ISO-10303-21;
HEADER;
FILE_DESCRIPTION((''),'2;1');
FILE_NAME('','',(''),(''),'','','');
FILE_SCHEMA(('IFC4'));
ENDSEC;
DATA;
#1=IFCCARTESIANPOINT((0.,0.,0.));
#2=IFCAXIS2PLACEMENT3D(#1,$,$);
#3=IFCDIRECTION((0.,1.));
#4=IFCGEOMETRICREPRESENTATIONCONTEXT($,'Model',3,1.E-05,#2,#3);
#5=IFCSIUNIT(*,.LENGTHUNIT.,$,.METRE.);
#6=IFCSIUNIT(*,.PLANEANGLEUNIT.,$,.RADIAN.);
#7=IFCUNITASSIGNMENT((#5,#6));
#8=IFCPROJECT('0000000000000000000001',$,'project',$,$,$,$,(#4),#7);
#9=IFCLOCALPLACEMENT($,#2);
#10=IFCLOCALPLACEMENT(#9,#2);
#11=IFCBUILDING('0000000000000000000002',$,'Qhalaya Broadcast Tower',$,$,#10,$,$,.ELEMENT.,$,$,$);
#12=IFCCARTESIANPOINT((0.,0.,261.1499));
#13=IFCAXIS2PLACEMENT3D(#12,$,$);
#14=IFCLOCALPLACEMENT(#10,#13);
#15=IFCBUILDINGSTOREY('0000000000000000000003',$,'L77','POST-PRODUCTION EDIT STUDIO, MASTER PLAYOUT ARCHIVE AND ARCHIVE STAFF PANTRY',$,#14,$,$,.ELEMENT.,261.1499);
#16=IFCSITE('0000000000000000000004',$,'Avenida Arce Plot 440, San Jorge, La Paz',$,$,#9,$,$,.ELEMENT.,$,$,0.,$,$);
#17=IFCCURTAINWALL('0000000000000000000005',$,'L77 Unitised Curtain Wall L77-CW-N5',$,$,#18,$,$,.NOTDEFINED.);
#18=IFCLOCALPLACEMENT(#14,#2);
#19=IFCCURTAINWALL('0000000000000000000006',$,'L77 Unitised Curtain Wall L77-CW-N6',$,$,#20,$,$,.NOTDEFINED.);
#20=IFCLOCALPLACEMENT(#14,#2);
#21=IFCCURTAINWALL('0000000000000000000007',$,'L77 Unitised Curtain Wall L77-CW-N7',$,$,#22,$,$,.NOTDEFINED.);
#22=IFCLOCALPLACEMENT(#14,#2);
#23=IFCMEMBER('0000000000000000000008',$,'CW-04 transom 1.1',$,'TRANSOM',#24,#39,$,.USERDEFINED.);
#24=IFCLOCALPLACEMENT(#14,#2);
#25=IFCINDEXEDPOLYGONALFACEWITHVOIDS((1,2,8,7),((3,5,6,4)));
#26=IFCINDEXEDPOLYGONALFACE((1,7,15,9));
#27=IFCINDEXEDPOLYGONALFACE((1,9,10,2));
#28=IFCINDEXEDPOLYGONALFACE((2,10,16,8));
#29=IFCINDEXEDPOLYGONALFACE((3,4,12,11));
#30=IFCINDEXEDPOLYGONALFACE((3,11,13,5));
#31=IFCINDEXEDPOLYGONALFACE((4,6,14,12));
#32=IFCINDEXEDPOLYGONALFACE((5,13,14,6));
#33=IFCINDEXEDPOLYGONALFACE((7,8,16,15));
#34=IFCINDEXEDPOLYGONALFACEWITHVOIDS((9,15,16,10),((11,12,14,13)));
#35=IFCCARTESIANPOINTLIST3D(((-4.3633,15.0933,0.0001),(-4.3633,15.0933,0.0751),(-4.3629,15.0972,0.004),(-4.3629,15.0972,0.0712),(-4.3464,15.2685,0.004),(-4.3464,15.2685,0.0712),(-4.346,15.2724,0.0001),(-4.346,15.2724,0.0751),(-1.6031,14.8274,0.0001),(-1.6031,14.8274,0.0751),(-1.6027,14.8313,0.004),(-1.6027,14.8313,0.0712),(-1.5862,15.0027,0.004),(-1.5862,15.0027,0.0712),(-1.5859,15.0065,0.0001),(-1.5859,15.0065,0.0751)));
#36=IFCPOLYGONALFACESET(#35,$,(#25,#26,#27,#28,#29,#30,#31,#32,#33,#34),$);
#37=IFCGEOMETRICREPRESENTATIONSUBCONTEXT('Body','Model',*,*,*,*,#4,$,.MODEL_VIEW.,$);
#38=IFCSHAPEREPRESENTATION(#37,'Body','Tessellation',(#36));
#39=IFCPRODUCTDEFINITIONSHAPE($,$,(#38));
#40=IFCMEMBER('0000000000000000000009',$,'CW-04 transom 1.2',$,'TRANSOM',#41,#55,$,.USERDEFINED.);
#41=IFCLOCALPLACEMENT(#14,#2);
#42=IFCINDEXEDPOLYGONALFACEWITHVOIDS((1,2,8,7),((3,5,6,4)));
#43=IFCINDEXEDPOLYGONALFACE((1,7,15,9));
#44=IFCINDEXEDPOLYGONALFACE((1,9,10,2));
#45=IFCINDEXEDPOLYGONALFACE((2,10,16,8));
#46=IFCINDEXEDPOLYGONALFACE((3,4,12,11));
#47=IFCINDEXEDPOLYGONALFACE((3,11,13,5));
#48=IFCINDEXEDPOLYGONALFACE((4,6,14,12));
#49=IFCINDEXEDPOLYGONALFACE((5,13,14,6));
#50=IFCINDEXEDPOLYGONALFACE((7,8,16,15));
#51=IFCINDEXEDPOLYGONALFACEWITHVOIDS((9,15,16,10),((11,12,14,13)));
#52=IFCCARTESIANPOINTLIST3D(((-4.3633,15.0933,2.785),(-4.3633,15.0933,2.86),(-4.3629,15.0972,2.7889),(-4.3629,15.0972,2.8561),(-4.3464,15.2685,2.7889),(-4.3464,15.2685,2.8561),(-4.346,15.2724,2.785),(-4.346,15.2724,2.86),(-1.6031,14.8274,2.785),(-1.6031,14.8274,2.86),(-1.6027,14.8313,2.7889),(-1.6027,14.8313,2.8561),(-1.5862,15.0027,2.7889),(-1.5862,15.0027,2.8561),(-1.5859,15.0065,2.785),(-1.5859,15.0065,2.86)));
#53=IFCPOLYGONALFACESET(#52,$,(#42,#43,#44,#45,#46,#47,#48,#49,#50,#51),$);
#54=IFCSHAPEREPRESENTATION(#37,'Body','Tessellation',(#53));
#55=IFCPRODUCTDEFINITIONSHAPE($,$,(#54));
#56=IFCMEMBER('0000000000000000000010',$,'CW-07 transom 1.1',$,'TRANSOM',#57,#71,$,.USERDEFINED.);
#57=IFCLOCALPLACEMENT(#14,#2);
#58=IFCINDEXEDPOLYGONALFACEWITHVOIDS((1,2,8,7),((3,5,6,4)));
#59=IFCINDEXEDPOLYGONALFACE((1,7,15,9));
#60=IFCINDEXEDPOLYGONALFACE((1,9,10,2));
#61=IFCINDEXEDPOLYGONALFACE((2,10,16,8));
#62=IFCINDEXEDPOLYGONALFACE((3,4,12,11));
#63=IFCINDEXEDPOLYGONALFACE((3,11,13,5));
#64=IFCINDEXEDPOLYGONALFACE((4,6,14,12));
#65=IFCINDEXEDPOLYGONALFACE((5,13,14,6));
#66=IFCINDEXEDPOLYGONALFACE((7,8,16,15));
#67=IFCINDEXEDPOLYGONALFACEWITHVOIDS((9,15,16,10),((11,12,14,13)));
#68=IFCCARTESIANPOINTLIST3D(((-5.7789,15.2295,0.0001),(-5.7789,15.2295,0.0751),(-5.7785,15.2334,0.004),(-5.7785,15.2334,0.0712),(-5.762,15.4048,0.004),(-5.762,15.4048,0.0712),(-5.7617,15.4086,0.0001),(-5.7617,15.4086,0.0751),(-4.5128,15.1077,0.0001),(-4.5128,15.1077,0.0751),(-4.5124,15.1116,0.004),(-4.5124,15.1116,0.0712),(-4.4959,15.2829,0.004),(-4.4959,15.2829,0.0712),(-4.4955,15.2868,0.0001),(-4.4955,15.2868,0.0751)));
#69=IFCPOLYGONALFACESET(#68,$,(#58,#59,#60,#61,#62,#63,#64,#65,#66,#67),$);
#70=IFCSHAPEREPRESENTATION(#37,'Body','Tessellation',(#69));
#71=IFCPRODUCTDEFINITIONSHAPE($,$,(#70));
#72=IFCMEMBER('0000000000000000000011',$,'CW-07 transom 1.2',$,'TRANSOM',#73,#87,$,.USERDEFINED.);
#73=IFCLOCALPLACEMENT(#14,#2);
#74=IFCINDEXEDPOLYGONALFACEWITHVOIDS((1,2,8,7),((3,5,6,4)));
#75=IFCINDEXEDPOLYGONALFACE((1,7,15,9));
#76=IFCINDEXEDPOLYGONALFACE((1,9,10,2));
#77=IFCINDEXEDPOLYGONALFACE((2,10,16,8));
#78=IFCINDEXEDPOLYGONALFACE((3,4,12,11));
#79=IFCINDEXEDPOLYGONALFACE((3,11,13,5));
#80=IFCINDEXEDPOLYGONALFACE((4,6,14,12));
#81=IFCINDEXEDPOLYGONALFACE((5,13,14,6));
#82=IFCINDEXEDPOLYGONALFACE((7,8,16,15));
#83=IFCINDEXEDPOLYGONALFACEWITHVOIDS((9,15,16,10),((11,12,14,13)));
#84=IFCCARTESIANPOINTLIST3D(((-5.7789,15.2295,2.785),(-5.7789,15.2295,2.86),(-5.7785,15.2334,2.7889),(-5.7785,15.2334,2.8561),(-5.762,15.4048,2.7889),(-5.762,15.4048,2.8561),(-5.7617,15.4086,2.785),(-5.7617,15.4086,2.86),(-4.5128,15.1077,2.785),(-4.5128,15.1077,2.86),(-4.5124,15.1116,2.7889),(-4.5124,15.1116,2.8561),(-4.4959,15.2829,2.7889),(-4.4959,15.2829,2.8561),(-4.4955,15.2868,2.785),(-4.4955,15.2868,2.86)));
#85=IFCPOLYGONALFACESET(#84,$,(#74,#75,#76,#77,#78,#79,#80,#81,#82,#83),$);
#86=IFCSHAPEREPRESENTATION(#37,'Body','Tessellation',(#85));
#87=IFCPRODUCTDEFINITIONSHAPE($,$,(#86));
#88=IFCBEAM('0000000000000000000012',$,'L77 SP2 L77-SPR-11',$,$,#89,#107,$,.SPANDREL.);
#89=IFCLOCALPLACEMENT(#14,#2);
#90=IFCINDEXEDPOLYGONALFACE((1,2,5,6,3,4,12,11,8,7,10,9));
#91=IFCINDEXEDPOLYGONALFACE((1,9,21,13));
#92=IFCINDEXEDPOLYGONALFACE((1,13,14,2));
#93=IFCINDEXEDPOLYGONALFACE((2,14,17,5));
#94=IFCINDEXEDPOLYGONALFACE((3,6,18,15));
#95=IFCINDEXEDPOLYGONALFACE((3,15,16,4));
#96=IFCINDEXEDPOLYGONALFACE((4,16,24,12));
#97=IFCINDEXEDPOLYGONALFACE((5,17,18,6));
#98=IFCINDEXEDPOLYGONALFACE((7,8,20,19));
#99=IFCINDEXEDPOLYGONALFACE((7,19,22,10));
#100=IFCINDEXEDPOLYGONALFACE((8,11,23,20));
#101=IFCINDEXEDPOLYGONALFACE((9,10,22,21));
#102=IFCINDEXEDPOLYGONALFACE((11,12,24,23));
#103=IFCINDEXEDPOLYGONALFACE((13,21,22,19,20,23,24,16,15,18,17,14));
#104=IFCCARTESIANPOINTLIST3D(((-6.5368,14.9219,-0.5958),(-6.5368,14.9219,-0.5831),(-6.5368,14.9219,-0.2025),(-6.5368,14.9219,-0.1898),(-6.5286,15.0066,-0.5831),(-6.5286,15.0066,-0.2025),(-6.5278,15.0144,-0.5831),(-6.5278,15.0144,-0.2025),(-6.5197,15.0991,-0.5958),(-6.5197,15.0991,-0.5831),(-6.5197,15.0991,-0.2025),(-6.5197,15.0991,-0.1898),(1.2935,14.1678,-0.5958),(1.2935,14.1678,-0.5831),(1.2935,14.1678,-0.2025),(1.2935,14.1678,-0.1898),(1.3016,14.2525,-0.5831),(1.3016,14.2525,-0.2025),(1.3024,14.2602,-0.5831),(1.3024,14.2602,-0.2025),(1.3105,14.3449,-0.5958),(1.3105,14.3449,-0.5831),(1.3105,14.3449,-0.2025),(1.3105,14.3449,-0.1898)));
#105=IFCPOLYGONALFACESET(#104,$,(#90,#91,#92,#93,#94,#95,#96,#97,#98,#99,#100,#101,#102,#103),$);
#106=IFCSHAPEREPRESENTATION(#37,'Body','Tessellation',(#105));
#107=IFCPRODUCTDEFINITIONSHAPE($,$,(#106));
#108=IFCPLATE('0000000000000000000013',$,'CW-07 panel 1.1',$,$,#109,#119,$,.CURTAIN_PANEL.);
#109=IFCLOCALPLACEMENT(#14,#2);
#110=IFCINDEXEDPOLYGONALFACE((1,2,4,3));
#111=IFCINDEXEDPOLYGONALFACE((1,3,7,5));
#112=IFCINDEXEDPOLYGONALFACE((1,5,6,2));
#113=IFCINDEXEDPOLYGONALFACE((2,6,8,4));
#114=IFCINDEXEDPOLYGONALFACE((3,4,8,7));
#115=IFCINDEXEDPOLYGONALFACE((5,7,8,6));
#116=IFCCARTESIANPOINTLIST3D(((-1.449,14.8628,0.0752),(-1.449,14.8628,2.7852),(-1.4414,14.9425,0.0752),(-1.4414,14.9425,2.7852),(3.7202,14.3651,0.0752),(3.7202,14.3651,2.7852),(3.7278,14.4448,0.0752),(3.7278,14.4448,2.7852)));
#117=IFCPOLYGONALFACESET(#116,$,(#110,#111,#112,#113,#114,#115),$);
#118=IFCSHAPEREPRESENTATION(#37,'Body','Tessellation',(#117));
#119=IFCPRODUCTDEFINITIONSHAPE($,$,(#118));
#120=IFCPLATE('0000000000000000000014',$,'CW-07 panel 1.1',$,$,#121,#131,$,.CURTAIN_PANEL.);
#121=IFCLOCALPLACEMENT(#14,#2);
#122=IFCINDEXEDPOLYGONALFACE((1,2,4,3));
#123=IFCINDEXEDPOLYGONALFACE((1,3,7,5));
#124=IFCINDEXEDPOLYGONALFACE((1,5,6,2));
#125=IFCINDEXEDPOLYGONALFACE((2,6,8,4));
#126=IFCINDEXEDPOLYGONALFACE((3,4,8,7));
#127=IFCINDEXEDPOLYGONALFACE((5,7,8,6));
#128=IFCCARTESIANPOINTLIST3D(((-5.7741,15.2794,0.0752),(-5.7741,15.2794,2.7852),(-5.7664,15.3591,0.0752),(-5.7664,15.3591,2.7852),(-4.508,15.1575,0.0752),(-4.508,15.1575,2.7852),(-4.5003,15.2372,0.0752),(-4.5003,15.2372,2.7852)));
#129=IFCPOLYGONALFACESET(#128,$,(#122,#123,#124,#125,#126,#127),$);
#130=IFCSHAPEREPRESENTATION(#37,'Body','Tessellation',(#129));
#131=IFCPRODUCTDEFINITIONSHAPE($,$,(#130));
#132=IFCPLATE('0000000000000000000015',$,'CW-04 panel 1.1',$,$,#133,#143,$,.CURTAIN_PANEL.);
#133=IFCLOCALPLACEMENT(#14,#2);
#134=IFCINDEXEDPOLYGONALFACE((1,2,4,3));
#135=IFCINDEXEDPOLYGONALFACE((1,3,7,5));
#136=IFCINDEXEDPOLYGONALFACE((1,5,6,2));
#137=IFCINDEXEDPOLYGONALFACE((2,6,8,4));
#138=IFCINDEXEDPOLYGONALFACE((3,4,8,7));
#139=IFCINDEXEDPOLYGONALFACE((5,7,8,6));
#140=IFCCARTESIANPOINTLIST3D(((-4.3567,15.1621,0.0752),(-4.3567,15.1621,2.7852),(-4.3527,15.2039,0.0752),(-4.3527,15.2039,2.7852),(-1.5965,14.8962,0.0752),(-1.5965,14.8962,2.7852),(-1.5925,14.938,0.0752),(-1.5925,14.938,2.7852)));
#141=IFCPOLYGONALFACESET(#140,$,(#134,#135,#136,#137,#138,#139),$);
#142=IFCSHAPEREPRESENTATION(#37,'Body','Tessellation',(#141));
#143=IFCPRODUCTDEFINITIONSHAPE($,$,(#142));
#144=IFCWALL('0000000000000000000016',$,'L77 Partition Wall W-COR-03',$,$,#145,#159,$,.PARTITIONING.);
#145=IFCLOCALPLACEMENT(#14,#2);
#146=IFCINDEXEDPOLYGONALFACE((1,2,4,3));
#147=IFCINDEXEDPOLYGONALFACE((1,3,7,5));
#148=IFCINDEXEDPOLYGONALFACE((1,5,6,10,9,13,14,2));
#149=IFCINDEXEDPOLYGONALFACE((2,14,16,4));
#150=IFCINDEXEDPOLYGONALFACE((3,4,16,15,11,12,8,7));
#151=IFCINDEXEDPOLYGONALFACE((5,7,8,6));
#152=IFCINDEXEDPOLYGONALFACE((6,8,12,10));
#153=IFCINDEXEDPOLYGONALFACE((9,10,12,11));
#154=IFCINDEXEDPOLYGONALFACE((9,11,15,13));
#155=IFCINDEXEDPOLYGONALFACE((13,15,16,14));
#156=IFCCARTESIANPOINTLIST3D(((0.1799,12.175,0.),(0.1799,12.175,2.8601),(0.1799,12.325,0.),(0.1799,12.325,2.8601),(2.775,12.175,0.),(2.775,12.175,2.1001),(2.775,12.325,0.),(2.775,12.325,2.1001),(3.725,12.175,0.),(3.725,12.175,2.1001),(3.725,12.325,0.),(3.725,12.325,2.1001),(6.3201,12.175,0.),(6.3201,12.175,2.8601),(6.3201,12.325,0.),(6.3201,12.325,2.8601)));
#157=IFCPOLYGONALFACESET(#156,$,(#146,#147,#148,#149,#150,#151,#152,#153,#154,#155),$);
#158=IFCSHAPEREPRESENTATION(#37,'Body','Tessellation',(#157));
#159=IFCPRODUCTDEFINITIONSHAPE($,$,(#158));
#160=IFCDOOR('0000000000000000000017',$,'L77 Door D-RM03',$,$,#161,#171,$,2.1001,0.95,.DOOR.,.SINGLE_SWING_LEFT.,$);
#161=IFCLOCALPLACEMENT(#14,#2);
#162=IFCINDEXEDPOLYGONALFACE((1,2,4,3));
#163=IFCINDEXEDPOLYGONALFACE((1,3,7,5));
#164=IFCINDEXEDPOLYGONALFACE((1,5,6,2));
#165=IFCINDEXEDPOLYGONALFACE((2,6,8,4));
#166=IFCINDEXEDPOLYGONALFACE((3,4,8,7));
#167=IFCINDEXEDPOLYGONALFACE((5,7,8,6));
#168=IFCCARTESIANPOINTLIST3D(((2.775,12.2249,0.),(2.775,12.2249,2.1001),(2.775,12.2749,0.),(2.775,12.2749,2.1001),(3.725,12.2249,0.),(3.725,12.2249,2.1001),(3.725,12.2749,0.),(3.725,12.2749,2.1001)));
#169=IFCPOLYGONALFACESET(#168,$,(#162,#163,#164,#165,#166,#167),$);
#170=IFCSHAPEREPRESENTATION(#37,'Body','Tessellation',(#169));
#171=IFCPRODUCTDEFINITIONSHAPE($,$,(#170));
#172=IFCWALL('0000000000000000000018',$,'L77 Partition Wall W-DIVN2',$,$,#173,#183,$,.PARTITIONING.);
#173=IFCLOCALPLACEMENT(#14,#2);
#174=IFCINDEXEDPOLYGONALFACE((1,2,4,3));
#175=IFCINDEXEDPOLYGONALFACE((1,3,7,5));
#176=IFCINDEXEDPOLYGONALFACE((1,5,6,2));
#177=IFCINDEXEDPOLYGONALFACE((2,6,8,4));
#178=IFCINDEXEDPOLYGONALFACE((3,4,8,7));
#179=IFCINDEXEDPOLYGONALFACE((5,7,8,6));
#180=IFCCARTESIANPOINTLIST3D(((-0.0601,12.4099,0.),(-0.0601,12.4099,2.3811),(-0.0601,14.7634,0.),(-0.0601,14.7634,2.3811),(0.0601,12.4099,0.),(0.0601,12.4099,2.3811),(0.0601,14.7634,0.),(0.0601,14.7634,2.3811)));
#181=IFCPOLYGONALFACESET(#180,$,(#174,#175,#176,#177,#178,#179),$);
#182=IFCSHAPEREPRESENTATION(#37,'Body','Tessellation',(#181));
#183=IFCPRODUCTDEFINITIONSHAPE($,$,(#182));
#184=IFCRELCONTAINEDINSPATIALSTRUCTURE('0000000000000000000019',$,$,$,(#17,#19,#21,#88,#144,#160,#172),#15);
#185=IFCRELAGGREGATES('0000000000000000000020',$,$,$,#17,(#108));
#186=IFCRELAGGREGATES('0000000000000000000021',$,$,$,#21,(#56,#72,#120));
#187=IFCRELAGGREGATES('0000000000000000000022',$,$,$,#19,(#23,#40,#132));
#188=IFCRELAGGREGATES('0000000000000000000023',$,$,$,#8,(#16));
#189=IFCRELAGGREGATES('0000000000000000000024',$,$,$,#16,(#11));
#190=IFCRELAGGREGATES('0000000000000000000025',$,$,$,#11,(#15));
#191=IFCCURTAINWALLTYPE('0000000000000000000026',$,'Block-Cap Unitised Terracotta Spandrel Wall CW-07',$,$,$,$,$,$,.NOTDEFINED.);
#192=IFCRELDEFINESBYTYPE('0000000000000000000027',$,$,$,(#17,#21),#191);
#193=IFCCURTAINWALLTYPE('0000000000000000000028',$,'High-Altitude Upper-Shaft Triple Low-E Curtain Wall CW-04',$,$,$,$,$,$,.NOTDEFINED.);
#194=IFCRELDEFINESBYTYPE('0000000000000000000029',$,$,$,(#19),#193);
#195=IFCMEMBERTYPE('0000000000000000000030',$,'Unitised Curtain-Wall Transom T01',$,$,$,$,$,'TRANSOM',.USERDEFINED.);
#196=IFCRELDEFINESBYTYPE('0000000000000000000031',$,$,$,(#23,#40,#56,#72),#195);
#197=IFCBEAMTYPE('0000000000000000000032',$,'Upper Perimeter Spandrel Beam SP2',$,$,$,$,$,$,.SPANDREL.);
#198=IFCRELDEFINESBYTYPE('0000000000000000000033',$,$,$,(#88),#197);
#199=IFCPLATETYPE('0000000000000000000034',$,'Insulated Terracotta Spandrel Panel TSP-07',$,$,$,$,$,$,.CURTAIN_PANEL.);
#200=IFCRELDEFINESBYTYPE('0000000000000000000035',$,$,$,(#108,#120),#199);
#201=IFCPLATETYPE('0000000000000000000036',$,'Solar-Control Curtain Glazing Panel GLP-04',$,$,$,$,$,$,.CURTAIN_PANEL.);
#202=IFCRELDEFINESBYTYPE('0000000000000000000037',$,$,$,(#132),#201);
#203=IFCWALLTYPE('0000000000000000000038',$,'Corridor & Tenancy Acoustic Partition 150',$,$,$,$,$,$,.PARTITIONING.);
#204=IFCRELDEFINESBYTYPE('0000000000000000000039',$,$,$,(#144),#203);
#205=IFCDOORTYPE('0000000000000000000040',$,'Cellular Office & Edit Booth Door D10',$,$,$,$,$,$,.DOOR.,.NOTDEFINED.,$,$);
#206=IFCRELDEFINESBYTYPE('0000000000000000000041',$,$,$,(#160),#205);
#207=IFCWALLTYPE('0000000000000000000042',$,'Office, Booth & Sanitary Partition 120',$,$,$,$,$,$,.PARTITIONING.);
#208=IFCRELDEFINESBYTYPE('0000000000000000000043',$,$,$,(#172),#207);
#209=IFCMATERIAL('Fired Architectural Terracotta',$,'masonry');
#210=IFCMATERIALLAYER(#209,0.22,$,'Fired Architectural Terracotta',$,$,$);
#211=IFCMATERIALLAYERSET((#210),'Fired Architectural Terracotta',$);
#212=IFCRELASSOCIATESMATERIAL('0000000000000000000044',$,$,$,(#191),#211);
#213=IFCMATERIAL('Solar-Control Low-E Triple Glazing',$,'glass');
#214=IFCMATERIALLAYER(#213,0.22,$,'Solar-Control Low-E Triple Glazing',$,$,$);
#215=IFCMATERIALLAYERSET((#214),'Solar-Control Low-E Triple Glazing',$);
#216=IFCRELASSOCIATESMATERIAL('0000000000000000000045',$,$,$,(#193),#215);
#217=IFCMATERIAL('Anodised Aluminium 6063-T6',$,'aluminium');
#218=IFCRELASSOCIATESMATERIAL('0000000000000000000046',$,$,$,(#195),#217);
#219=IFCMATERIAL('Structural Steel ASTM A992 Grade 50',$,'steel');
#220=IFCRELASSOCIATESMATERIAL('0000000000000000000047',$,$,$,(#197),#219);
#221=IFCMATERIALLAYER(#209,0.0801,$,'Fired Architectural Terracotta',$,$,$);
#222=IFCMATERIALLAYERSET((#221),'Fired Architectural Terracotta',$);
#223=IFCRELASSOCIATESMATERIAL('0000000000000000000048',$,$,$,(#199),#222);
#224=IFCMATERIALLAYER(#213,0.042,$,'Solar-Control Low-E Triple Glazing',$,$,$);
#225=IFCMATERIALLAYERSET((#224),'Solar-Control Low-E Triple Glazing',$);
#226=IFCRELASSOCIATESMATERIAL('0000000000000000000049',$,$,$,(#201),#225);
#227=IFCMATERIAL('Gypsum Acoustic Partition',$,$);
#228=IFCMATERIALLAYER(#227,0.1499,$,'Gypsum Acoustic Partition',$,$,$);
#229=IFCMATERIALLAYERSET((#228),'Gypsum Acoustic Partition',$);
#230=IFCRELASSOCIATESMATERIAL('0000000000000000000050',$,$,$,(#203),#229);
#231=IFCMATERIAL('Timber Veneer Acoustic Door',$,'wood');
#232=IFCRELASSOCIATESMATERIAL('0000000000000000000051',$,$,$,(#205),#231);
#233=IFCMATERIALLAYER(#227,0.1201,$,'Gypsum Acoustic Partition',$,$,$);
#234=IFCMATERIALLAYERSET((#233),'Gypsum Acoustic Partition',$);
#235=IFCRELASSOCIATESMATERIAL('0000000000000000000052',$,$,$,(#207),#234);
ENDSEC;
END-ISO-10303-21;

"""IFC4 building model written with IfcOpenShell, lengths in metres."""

from ifc_helpers import new_model, si_unit, direction, frame, frame_2d, origin, origin_2d, place, context, subcontext, project, spatial, rectangle, hollow_rectangle, i_section, extrude, material, layer, layer_set, material_profile, profile_set, type_object, element, fill, aggregate, save


model = new_model("IFC4")

# Units and contexts
model_context = context("Model", 3, precision=1e-05, world=origin(), true_north=direction((0.0, 1.0)))
body_context = subcontext(model_context, "Body", "Model", "MODEL_VIEW")
ifc_project = project(units=[si_unit("LENGTHUNIT", "METRE"), si_unit("PLANEANGLEUNIT", "RADIAN")], contexts=[model_context])

# Site, building, storey
site_placement = place(None, origin())
site = spatial("IfcSite", under=ifc_project, at=site_placement, Name="Avenida Arce Plot 440, San Jorge, La Paz", CompositionType="ELEMENT", RefElevation=0.0)
building_placement = place(site_placement, origin())
building = spatial("IfcBuilding", under=site, at=building_placement, Name="Qhalaya Broadcast Tower", CompositionType="ELEMENT")
storey_placement = place(building_placement, frame((0.0, 0.0, 261.1499)))
storey = spatial("IfcBuildingStorey", under=building, at=storey_placement, Name="L77", Description="POST-PRODUCTION EDIT STUDIO, MASTER PLAYOUT ARCHIVE AND ARCHIVE STAFF PANTRY", CompositionType="ELEMENT", Elevation=261.1499)

# Shared definitions
ifc_material_1 = material(Name="Structural Steel ASTM A992 Grade 50", Category="steel")

# Curtain wall
ifc_material_2 = material(Name="Fired Architectural Terracotta", Category="masonry")
ifc_layer_1 = layer(ifc_material_2, 0.22, Name="Fired Architectural Terracotta")
ifc_layer_set_1 = layer_set([ifc_layer_1], Name="Fired Architectural Terracotta")
curtain_wall_type_1 = type_object("IfcCurtainWallType", Name="Block-Cap Unitised Terracotta Spandrel Wall CW-07", PredefinedType="NOTDEFINED", material=ifc_layer_set_1)
curtain_wall_1_placement = place(storey_placement, origin())
curtain_wall_1 = element("IfcCurtainWall", 1, at=curtain_wall_1_placement, inside=storey, type_object=curtain_wall_type_1, Name="L77 Unitised Curtain Wall L77-CW-N5", PredefinedType="NOTDEFINED")
ifc_material_3 = material(Name="Anodised Aluminium 6063-T6", Category="aluminium")

# Curtain walls
ifc_material_4 = material(Name="Solar-Control Low-E Triple Glazing", Category="glass")
ifc_layer_2 = layer(ifc_material_4, 0.22, Name="Solar-Control Low-E Triple Glazing")
ifc_layer_set_2 = layer_set([ifc_layer_2], Name="Solar-Control Low-E Triple Glazing")
curtain_wall_type_2 = type_object("IfcCurtainWallType", Name="High-Altitude Upper-Shaft Triple Low-E Curtain Wall CW-04", PredefinedType="NOTDEFINED", material=ifc_layer_set_2)
curtain_wall_2_placement = place(storey_placement, origin())
curtain_wall_2 = element("IfcCurtainWall", 2, at=curtain_wall_2_placement, inside=storey, type_object=curtain_wall_type_2, Name="L77 Unitised Curtain Wall L77-CW-N6", PredefinedType="NOTDEFINED")
curtain_wall_3_placement = place(storey_placement, origin())
curtain_wall_3 = element("IfcCurtainWall", 3, at=curtain_wall_3_placement, inside=storey, type_object=curtain_wall_type_1, Name="L77 Unitised Curtain Wall L77-CW-N7", PredefinedType="NOTDEFINED")

# Members
ifc_material_profile_1 = material_profile(ifc_material_3, hollow_rectangle(XDim=0.075, YDim=0.1799, WallThickness=0.0039, at=origin_2d()), Name="ALU-TRN 75x180x4")
ifc_profile_set_1 = profile_set([ifc_material_profile_1], Name="Anodised Aluminium 6063-T6")
member_type_1 = type_object("IfcMemberType", Name="Unitised Curtain-Wall Transom T01", ElementType="TRANSOM", PredefinedType="USERDEFINED", material=ifc_profile_set_1)
member_1_placement = place(storey_placement, frame((-1.5945, 14.917, 0.0376), z_axis=(-0.995393, 0.095877, 0.0), x_axis=(0.0, 0.0, 1.0)))
member_1 = element("IfcMember", 4, at=member_1_placement, type_object=member_type_1, Name="CW-04 transom 1.1", ObjectType="TRANSOM", PredefinedType="USERDEFINED", context=body_context, shape_type="SweptSolid", body=[
    extrude(hollow_rectangle(XDim=0.075, YDim=0.1799, WallThickness=0.0039, at=origin_2d()), origin(), (0.0, 0.0, 1.0), 2.7729),
])
member_2_placement = place(storey_placement, frame((-1.5945, 14.917, 2.8225), z_axis=(-0.995393, 0.095877, 0.0), x_axis=(0.0, 0.0, 1.0)))
member_2 = element("IfcMember", 5, at=member_2_placement, type_object=member_type_1, Name="CW-04 transom 1.2", ObjectType="TRANSOM", PredefinedType="USERDEFINED", context=body_context, shape_type="SweptSolid", body=[
    extrude(hollow_rectangle(XDim=0.075, YDim=0.1799, WallThickness=0.0039, at=origin_2d()), origin(), (0.0, 0.0, 1.0), 2.7729),
])
member_3_placement = place(storey_placement, frame((-4.5042, 15.1973, 0.0376), z_axis=(-0.995403, 0.095778, 0.0), x_axis=(0.0, 0.0, 1.0)))
member_3 = element("IfcMember", 6, at=member_3_placement, type_object=member_type_1, Name="CW-07 transom 1.1", ObjectType="TRANSOM", PredefinedType="USERDEFINED", context=body_context, shape_type="SweptSolid", body=[
    extrude(hollow_rectangle(XDim=0.075, YDim=0.1799, WallThickness=0.0039, at=origin_2d()), origin(), (0.0, 0.0, 1.0), 1.272),
])
member_4_placement = place(storey_placement, frame((-4.5042, 15.1973, 2.8225), z_axis=(-0.995403, 0.095778, 0.0), x_axis=(0.0, 0.0, 1.0)))
member_4 = element("IfcMember", 7, at=member_4_placement, type_object=member_type_1, Name="CW-07 transom 1.2", ObjectType="TRANSOM", PredefinedType="USERDEFINED", context=body_context, shape_type="SweptSolid", body=[
    extrude(hollow_rectangle(XDim=0.075, YDim=0.1799, WallThickness=0.0039, at=origin_2d()), origin(), (0.0, 0.0, 1.0), 1.272),
])

# Beam
ifc_material_profile_2 = material_profile(ifc_material_1, i_section(OverallWidth=0.178, OverallDepth=0.406, WebThickness=0.0078, FlangeThickness=0.0127, at=origin_2d()), Name="W16X40")
ifc_profile_set_2 = profile_set([ifc_material_profile_2], Name="Structural Steel ASTM A992 Grade 50")
beam_type_1 = type_object("IfcBeamType", Name="Upper Perimeter Spandrel Beam SP2", PredefinedType="SPANDREL", material=ifc_profile_set_2)
beam_1_placement = place(storey_placement, frame((1.302, 14.2563, -0.3928), z_axis=(-0.995394, 0.095868, 0.0), x_axis=(-0.095868, -0.995394, 0.0)))
element("IfcBeam", 8, at=beam_1_placement, inside=storey, type_object=beam_type_1, Name="L77 SP2 L77-SPR-11", PredefinedType="SPANDREL", context=body_context, shape_type="SweptSolid", body=[
    extrude(i_section(OverallWidth=0.178, OverallDepth=0.406, WebThickness=0.0078, FlangeThickness=0.0127, at=origin_2d()), origin(), (0.0, 0.0, 1.0), 7.8665),
])

# Plates
ifc_layer_3 = layer(ifc_material_2, 0.0801, Name="Fired Architectural Terracotta")
ifc_layer_set_3 = layer_set([ifc_layer_3], Name="Fired Architectural Terracotta")
plate_type_1 = type_object("IfcPlateType", Name="Insulated Terracotta Spandrel Panel TSP-07", PredefinedType="CURTAIN_PANEL", material=ifc_layer_set_3)
plate_1_placement = place(storey_placement, frame((1.1394, 14.6538, 0.0752), z_axis=(0.0, 0.0, 1.0), x_axis=(-0.995396, 0.095845, 0.0)))
plate_1 = element("IfcPlate", 9, at=plate_1_placement, type_object=plate_type_1, Name="CW-07 panel 1.1", PredefinedType="CURTAIN_PANEL", context=body_context, shape_type="SweptSolid", body=[
    extrude(rectangle(XDim=5.1931, YDim=0.0801, at=origin_2d()), origin(), (0.0, 0.0, 1.0), 2.71),
])
aggregate(curtain_wall_1, [plate_1])
plate_2_placement = place(storey_placement, frame((-5.1372, 15.2583, 0.0752), z_axis=(0.0, 0.0, 1.0), x_axis=(-0.995395, 0.095854, 0.0)))
plate_2 = element("IfcPlate", 10, at=plate_2_placement, type_object=plate_type_1, Name="CW-07 panel 1.1", PredefinedType="CURTAIN_PANEL", context=body_context, shape_type="SweptSolid", body=[
    extrude(rectangle(XDim=1.272, YDim=0.0801, at=origin_2d()), origin(), (0.0, 0.0, 1.0), 2.71),
])
aggregate(curtain_wall_3, [member_3, member_4, plate_2])
ifc_layer_4 = layer(ifc_material_4, 0.042, Name="Solar-Control Low-E Triple Glazing")
ifc_layer_set_4 = layer_set([ifc_layer_4], Name="Solar-Control Low-E Triple Glazing")
plate_type_2 = type_object("IfcPlateType", Name="Solar-Control Curtain Glazing Panel GLP-04", PredefinedType="CURTAIN_PANEL", material=ifc_layer_set_4)
plate_3_placement = place(storey_placement, frame((-2.9746, 15.05, 0.0752), z_axis=(0.0, 0.0, 1.0), x_axis=(-0.995395, 0.095858, 0.0)))
plate_3 = element("IfcPlate", 11, at=plate_3_placement, type_object=plate_type_2, Name="CW-04 panel 1.1", PredefinedType="CURTAIN_PANEL", context=body_context, shape_type="SweptSolid", body=[
    extrude(rectangle(XDim=2.7729, YDim=0.042, at=origin_2d()), origin(), (0.0, 0.0, 1.0), 2.71),
])
aggregate(curtain_wall_2, [member_1, member_2, plate_3])

# Wall, opening, door
ifc_material_5 = material(Name="Gypsum Acoustic Partition")
ifc_layer_5 = layer(ifc_material_5, 0.1499, Name="Gypsum Acoustic Partition")
ifc_layer_set_5 = layer_set([ifc_layer_5], Name="Gypsum Acoustic Partition")
wall_type_1 = type_object("IfcWallType", Name="Corridor & Tenancy Acoustic Partition 150", PredefinedType="PARTITIONING", material=ifc_layer_set_5)
wall_1_placement = place(storey_placement, frame((0.1799, 12.25, 0.0), z_axis=(0.0, 0.0, 1.0), x_axis=(1.0, 0.0, 0.0)))
wall_1 = element("IfcWall", 12, at=wall_1_placement, inside=storey, type_object=wall_type_1, Name="L77 Partition Wall W-COR-03", PredefinedType="PARTITIONING", context=body_context, shape_type="SweptSolid", body=[
    extrude(rectangle(XDim=6.1401, YDim=0.1499, at=frame_2d((3.0701, 0.0))), origin(), (0.0, 0.0, 1.0), 2.8601),
])
opening_placement = place(wall_1_placement, frame((2.595, 0.0, 0.0)))
opening = element("IfcOpeningElement", 13, at=opening_placement, cuts=wall_1, PredefinedType="OPENING", context=body_context, shape_type="SweptSolid", body=[
    extrude(rectangle(XDim=0.95, YDim=2.1001, at=frame_2d((0.4751, 1.05))), frame((0.0, 0.0869, 0.0), z_axis=(0.0, -1.0, 0.0), x_axis=(1.0, 0.0, 0.0)), (0.0, 0.0, 1.0), 0.1738),
])
ifc_material_6 = material(Name="Timber Veneer Acoustic Door", Category="wood")
door_type = type_object("IfcDoorType", Name="Cellular Office & Edit Booth Door D10", OperationType="NOTDEFINED", PredefinedType="DOOR", material=ifc_material_6)
door_placement = place(opening_placement, origin())
door = element("IfcDoor", 14, at=door_placement, inside=storey, type_object=door_type, Name="L77 Door D-RM03", OperationType="SINGLE_SWING_LEFT", OverallHeight=2.1001, OverallWidth=0.95, PredefinedType="DOOR", context=body_context, shape_type="SweptSolid", body=[
    extrude(rectangle(XDim=0.95, YDim=2.1001, at=frame_2d((0.4751, 1.05))), frame((0.0, 0.0249, 0.0), z_axis=(0.0, -1.0, 0.0), x_axis=(1.0, 0.0, 0.0)), (0.0, 0.0, 1.0), 0.05),
])
fill(opening, door)

# Wall
ifc_layer_6 = layer(ifc_material_5, 0.1201, Name="Gypsum Acoustic Partition")
ifc_layer_set_6 = layer_set([ifc_layer_6], Name="Gypsum Acoustic Partition")
wall_type_2 = type_object("IfcWallType", Name="Office, Booth & Sanitary Partition 120", PredefinedType="PARTITIONING", material=ifc_layer_set_6)
wall_2_placement = place(storey_placement, frame((0.0, 12.4099, 0.0), z_axis=(0.0, 0.0, 1.0), x_axis=(0.0, 1.0, 0.0)))
element("IfcWall", 15, at=wall_2_placement, inside=storey, type_object=wall_type_2, Name="L77 Partition Wall W-DIVN2", PredefinedType="PARTITIONING", context=body_context, shape_type="SweptSolid", body=[
    extrude(rectangle(XDim=2.3535, YDim=0.1201, at=frame_2d((1.1768, 0.0))), origin(), (0.0, 0.0, 1.0), 2.3811),
])

save(model, "model.ifc")
